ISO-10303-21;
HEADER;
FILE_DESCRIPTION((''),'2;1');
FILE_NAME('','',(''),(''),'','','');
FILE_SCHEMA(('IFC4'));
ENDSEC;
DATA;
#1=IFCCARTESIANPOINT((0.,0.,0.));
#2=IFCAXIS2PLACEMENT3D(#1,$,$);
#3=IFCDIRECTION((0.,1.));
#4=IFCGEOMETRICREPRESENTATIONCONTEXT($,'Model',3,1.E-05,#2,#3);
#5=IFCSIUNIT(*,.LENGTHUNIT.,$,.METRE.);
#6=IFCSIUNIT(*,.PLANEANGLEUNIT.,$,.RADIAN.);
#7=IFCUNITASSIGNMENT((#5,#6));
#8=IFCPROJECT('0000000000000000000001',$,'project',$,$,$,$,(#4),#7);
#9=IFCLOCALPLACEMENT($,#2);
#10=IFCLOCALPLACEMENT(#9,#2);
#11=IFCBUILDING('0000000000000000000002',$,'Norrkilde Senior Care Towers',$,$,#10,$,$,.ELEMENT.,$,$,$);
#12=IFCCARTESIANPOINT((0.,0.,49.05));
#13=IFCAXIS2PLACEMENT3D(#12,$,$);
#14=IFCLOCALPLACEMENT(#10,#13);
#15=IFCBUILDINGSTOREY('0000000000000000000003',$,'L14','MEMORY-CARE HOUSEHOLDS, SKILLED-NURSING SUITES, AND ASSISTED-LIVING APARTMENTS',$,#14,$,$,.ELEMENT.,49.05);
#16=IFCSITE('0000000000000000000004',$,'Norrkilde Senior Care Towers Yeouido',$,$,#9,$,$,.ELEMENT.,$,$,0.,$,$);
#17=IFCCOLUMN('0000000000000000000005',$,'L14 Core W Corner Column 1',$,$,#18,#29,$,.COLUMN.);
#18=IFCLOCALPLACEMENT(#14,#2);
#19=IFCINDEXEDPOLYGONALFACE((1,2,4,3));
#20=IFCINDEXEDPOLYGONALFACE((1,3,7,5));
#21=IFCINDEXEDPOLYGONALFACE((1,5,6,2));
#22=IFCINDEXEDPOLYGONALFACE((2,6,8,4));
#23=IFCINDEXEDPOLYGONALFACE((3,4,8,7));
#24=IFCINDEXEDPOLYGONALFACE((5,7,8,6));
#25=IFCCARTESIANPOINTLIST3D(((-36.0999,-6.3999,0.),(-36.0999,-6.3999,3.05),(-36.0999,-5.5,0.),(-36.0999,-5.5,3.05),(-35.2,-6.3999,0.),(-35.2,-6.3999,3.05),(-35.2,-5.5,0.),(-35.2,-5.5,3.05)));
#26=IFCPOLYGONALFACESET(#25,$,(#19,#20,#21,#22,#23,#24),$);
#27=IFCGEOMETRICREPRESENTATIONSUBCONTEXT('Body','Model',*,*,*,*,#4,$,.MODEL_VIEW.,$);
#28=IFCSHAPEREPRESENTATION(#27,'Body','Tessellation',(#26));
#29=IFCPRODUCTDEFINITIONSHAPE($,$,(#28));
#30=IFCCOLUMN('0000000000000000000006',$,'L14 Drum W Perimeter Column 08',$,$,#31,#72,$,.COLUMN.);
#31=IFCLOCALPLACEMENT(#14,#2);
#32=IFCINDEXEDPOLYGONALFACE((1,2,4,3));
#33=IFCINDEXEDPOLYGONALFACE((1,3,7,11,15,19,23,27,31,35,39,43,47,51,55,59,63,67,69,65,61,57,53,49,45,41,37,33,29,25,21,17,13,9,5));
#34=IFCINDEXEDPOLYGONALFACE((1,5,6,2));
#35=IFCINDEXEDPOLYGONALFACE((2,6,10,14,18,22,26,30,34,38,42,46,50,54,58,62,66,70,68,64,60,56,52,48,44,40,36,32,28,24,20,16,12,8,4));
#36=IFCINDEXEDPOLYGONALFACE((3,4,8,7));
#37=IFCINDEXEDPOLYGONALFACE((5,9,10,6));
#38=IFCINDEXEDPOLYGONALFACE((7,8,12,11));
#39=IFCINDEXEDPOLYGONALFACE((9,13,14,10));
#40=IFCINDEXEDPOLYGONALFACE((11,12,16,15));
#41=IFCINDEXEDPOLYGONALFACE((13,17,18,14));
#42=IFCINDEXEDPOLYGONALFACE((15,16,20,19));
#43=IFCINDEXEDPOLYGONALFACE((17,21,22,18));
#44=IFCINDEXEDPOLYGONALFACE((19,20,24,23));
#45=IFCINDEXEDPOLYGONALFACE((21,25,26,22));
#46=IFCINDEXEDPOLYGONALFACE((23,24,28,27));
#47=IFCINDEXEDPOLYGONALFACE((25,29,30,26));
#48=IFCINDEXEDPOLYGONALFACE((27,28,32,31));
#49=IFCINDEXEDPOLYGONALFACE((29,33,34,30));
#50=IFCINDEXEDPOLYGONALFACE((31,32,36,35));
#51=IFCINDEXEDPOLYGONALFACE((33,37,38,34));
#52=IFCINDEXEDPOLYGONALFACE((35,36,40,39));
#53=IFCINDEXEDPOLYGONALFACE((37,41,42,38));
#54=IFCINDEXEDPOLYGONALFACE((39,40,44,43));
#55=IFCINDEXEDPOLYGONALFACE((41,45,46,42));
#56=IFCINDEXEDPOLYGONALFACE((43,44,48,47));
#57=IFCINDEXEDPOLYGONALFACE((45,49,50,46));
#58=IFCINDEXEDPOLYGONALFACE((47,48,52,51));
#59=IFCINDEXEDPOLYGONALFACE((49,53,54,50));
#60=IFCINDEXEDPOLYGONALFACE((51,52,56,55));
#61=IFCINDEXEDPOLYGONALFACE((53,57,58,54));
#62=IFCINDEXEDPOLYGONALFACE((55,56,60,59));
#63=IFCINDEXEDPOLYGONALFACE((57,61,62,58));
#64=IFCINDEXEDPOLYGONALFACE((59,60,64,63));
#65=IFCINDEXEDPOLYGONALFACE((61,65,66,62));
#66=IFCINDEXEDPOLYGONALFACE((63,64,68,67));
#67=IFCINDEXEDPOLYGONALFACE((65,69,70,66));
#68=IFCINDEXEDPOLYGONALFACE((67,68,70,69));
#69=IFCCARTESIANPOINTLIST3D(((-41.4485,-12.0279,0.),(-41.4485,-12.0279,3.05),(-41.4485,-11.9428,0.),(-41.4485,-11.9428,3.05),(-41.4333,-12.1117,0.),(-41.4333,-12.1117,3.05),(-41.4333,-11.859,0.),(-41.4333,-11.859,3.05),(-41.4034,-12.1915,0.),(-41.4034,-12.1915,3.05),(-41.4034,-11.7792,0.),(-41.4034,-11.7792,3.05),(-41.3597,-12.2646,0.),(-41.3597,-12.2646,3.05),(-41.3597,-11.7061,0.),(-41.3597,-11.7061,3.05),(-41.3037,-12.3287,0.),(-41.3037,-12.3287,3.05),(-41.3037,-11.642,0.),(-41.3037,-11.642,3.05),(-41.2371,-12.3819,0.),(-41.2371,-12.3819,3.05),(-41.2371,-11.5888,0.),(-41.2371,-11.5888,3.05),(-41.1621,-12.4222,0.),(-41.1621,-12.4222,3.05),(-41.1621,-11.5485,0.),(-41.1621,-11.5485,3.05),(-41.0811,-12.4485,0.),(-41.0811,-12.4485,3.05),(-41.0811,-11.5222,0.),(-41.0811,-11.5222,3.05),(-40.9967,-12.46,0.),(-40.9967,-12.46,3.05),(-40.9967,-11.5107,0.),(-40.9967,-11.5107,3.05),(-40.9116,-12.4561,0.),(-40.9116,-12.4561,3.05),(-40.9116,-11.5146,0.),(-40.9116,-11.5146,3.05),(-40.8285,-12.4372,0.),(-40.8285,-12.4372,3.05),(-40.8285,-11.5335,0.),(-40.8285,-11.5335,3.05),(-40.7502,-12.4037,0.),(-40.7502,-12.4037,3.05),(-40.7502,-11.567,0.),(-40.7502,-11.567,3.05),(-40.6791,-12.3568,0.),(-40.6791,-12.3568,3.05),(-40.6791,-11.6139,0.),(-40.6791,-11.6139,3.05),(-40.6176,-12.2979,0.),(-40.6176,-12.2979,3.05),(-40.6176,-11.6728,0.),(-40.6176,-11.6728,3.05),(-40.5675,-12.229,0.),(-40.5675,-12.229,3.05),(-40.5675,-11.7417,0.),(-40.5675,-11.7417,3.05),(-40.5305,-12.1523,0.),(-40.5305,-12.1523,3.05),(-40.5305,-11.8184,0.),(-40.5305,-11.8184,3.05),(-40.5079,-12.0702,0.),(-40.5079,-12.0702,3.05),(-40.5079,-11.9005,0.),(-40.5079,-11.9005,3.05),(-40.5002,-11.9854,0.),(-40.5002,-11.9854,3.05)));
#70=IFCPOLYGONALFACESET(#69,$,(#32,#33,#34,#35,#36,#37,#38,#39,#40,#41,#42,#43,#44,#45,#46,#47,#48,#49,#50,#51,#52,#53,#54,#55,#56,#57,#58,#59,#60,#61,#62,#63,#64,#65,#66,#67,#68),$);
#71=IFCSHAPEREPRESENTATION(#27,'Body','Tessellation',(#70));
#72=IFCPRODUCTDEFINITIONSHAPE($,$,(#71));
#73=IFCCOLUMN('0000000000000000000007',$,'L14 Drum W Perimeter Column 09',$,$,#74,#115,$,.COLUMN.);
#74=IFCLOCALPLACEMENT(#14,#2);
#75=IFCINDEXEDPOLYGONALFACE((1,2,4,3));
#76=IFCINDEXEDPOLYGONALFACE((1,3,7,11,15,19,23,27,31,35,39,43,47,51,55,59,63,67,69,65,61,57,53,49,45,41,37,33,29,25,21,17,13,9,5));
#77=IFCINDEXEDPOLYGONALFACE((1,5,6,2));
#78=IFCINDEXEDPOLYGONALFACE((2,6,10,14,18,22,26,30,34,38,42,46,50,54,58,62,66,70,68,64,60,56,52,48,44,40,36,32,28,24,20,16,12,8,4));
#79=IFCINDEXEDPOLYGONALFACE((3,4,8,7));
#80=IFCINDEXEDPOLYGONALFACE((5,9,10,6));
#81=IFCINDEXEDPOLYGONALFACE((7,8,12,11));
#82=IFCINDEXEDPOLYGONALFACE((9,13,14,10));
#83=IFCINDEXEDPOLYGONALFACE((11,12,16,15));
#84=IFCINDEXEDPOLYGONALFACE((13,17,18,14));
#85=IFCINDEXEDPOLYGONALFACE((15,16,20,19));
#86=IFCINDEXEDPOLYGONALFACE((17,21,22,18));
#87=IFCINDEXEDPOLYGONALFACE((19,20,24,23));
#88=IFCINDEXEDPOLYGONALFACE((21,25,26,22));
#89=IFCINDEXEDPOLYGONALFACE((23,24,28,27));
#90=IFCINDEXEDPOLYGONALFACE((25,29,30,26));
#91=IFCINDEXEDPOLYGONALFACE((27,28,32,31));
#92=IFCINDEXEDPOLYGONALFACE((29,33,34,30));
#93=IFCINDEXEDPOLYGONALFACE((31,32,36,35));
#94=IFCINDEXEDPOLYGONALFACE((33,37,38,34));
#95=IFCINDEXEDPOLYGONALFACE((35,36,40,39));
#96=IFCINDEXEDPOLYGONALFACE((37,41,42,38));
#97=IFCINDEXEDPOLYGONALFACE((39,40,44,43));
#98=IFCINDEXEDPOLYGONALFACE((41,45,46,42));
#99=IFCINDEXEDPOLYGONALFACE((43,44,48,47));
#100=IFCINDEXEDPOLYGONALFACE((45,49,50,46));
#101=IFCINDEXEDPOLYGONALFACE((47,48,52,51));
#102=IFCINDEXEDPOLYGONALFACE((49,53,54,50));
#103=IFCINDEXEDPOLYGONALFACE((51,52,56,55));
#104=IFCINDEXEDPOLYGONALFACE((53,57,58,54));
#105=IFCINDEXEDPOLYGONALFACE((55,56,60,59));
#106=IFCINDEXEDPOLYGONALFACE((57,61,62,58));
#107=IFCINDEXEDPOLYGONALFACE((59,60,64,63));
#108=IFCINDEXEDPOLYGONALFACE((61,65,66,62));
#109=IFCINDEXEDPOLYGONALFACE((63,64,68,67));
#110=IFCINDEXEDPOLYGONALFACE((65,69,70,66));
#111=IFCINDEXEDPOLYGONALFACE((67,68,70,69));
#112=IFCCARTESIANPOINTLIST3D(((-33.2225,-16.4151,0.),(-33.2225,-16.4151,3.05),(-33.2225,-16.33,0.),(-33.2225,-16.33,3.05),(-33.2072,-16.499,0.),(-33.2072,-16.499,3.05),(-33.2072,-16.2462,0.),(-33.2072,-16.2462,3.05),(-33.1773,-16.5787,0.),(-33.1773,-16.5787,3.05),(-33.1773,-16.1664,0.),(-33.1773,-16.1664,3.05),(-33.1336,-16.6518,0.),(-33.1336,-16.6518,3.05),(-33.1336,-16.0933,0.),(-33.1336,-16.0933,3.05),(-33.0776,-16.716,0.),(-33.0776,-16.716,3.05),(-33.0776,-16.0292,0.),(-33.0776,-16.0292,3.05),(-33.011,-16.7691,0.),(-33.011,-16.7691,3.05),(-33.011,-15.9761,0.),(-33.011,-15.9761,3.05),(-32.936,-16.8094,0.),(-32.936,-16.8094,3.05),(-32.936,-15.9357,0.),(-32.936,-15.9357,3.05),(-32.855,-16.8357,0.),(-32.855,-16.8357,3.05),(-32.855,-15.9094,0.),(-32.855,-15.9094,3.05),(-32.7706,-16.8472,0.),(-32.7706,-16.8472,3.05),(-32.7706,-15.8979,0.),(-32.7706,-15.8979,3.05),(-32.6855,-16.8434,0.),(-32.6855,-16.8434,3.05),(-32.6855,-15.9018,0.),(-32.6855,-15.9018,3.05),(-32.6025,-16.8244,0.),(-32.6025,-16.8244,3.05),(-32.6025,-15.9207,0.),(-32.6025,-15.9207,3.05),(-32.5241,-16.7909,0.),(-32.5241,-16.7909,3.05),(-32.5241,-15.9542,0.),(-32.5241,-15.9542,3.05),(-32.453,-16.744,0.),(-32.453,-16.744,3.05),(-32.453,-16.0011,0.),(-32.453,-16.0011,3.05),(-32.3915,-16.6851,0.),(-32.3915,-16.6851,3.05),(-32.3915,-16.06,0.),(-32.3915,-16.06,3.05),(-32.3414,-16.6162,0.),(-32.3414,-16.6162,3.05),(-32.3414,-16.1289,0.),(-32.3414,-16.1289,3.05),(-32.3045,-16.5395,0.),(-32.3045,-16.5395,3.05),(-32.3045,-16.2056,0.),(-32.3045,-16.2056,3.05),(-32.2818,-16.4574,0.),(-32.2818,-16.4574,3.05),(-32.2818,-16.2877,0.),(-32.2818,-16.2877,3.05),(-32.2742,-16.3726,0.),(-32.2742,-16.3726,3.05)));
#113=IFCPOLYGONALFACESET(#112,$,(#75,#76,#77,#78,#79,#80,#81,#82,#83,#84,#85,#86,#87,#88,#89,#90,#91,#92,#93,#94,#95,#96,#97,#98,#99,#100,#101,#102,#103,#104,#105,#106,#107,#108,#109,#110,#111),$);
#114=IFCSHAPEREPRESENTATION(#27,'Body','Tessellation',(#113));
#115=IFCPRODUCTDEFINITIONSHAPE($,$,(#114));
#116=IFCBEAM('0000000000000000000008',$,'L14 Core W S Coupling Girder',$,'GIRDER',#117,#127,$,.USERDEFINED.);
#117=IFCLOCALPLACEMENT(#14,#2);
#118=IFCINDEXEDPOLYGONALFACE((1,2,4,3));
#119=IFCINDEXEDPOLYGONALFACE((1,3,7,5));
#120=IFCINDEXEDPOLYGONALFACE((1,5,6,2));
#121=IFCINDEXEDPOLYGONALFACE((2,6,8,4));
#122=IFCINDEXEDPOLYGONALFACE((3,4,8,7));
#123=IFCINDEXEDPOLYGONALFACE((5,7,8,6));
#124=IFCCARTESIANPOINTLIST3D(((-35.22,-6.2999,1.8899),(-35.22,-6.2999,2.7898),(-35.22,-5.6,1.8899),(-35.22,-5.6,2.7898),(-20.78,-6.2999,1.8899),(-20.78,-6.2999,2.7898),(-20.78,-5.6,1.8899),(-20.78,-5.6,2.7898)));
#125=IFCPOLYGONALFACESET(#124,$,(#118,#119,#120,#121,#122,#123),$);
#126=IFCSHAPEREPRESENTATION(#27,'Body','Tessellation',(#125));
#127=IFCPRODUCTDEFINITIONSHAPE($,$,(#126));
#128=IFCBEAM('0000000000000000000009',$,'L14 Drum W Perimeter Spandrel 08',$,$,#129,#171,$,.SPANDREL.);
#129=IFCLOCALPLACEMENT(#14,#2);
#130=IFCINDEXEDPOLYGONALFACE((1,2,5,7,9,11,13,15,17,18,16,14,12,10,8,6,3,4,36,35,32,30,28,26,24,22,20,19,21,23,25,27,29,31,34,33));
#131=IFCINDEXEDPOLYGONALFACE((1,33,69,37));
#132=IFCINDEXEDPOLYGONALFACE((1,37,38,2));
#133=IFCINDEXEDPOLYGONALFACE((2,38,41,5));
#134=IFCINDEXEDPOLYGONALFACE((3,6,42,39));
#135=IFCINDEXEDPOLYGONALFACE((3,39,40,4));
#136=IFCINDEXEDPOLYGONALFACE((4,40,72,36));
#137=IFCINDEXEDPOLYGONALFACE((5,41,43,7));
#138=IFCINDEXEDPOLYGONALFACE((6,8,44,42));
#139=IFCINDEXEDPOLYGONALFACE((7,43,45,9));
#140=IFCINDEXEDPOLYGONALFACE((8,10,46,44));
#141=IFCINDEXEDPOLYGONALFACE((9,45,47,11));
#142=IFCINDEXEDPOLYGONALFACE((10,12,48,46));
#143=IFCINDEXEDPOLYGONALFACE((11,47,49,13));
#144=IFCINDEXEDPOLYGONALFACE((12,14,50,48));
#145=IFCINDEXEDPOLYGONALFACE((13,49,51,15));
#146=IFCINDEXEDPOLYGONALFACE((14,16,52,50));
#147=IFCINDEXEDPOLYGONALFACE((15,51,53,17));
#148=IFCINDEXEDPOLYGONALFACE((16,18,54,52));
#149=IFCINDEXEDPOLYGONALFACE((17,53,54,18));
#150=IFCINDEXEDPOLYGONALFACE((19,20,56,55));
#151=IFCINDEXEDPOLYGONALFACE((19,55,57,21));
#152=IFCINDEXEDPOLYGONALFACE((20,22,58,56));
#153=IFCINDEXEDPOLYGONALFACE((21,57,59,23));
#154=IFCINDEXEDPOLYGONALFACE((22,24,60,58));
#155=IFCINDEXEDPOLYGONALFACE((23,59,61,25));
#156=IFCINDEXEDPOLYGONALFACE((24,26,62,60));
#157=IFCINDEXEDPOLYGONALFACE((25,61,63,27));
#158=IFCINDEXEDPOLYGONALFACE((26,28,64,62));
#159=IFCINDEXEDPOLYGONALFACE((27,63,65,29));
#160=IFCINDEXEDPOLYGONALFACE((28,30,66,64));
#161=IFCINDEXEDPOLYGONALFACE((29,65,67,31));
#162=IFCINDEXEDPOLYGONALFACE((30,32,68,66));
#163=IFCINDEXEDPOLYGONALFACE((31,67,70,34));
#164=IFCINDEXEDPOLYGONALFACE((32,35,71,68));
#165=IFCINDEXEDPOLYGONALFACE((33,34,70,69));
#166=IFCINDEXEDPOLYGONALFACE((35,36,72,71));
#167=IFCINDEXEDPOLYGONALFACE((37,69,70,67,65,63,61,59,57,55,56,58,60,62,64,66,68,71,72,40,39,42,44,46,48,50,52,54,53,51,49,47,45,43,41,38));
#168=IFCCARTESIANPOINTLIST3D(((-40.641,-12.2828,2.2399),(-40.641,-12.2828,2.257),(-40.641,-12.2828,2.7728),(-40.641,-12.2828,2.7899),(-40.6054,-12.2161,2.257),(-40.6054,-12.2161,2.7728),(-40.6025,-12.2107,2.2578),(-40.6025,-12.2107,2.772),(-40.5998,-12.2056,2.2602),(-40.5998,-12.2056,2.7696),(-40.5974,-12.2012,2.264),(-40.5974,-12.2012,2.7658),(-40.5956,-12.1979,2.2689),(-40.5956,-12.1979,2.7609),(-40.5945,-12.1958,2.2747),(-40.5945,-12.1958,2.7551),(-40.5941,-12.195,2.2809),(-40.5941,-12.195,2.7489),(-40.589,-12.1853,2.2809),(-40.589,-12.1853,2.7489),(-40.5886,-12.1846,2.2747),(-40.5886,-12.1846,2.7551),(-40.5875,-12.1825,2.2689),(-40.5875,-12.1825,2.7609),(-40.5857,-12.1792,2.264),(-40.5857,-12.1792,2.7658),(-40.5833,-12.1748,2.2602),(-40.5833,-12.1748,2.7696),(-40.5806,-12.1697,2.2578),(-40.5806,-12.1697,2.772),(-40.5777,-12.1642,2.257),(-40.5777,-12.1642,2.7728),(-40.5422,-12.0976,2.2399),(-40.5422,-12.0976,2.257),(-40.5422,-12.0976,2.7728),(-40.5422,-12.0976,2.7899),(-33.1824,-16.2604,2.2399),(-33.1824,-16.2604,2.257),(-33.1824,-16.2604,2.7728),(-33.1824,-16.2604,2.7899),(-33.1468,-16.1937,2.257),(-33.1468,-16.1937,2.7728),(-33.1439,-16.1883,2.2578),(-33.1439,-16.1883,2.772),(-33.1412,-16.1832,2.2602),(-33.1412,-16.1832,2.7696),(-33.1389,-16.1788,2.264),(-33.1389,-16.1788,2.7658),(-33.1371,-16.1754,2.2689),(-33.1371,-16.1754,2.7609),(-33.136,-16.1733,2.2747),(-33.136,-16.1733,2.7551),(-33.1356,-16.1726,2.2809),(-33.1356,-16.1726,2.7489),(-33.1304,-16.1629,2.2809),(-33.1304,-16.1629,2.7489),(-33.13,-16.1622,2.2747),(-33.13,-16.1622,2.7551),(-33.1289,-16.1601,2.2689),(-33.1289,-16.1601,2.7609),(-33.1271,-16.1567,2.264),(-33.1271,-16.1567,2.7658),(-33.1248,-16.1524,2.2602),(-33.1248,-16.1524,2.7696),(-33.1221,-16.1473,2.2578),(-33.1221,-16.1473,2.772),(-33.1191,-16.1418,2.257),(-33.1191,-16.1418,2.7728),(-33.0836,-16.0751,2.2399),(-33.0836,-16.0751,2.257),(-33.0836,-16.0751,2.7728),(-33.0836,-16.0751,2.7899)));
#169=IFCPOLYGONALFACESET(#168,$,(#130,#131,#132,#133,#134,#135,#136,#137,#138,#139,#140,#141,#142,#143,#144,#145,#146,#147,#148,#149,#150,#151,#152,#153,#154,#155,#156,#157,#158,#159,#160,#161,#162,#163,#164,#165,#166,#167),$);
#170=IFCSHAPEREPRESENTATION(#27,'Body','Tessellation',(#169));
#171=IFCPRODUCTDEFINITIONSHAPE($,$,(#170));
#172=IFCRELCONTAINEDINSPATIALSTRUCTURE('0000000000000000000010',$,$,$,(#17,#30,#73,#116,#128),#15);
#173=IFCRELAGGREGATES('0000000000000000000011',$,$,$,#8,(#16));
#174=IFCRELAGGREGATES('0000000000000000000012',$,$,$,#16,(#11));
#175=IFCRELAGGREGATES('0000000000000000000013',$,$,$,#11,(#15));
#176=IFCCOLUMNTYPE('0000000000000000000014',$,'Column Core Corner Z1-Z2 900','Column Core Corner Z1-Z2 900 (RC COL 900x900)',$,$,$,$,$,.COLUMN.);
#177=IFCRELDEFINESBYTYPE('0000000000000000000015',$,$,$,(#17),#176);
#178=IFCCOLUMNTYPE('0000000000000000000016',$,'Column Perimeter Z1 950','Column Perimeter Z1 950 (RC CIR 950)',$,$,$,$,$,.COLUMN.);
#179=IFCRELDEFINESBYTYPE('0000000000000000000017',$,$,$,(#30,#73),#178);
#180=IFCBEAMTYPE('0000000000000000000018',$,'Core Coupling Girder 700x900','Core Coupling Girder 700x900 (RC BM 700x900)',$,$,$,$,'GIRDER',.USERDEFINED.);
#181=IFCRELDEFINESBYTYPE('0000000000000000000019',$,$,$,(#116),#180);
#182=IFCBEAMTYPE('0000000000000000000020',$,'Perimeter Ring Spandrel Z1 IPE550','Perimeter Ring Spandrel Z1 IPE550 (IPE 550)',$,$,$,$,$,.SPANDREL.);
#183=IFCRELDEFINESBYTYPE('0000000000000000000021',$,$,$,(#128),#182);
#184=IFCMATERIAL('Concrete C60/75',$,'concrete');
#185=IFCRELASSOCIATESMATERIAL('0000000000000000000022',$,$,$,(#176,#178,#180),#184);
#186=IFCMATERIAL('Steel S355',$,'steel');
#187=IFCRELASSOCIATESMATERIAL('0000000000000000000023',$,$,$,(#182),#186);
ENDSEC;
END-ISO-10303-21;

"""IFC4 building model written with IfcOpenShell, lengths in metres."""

from ifc_helpers import new_model, si_unit, direction, frame, origin, origin_2d, place, context, subcontext, project, spatial, rectangle, circle, i_section, extrude, source, transform, mapped, material, material_profile, profile_set, type_object, type_shapes, element, save


model = new_model("IFC4")

# Units and contexts
model_context = context("Model", 3, precision=1e-05, world=origin(), true_north=direction((0.0, 1.0)))
body_context = subcontext(model_context, "Body", "Model", "MODEL_VIEW")
ifc_project = project(units=[si_unit("LENGTHUNIT", "METRE"), si_unit("PLANEANGLEUNIT", "RADIAN")], contexts=[model_context])

# Site, building, storey
site_placement = place(None, origin())
site = spatial("IfcSite", under=ifc_project, at=site_placement, Name="Norrkilde Senior Care Towers Yeouido", CompositionType="ELEMENT", RefElevation=0.0)
building_placement = place(site_placement, origin())
building = spatial("IfcBuilding", under=site, at=building_placement, Name="Norrkilde Senior Care Towers", CompositionType="ELEMENT")
storey_placement = place(building_placement, frame((0.0, 0.0, 49.05)))
storey = spatial("IfcBuildingStorey", under=building, at=storey_placement, Name="L14", Description="MEMORY-CARE HOUSEHOLDS, SKILLED-NURSING SUITES, AND ASSISTED-LIVING APARTMENTS", CompositionType="ELEMENT", Elevation=49.05)

# Columns
ifc_material_1 = material(Name="Concrete C60/75", Category="concrete")
ifc_material_profile_1 = material_profile(ifc_material_1, rectangle(XDim=0.8999, YDim=0.8999, at=origin_2d()), Name="RC COL 900x900")
ifc_profile_set_1 = profile_set([ifc_material_profile_1], Name="Concrete C60/75")
column_type_1 = type_object("IfcColumnType", Name="Column Core Corner Z1-Z2 900", Description="Column Core Corner Z1-Z2 900 (RC COL 900x900)", PredefinedType="COLUMN", material=ifc_profile_set_1)
shared_shape_1 = source(origin(), body_context, "Body", "SweptSolid", [
    extrude(rectangle(XDim=0.8999, YDim=0.8999, at=origin_2d()), origin(), (0.0, 0.0, 1.0), 3.05),
])
type_shapes(column_type_1, [shared_shape_1])
column_placement = place(storey_placement, frame((-35.6499, -5.95, 0.0), z_axis=(0.0, 0.0, 1.0), x_axis=(1.0, 0.0, 0.0)))
element("IfcColumn", 1, at=column_placement, inside=storey, type_object=column_type_1, Name="L14 Core W Corner Column 1", PredefinedType="COLUMN", context=body_context, shape_type="MappedRepresentation", body=[
    mapped(shared_shape_1, transform((0.0, 0.0, 0.0), x_axis=(1.0, 0.0, 0.0), y_axis=(0.0, 1.0, 0.0), z_axis=(0.0, 0.0, 1.0), scale=1.0)),
])
ifc_material_profile_2 = material_profile(ifc_material_1, circle(Radius=0.4751, at=origin_2d()), Name="RC CIR 950")
ifc_profile_set_2 = profile_set([ifc_material_profile_2], Name="Concrete C60/75")
column_type_2 = type_object("IfcColumnType", Name="Column Perimeter Z1 950", Description="Column Perimeter Z1 950 (RC CIR 950)", PredefinedType="COLUMN", material=ifc_profile_set_2)
shared_shape_2 = source(origin(), body_context, "Body", "SweptSolid", [
    extrude(circle(Radius=0.4751, at=origin_2d()), origin(), (0.0, 0.0, 1.0), 3.05),
])
type_shapes(column_type_2, [shared_shape_2])
for number, where, z_axis, x_axis, name in (
    (2, (-40.9753, -11.9854, 0.0), (0.0, 0.0, 1.0), (1.0, 0.0, 0.0), "L14 Drum W Perimeter Column 08"),
    (3, (-32.7493, -16.3726, 0.0), (0.0, 0.0, 1.0), (1.0, 0.0, 0.0), "L14 Drum W Perimeter Column 09"),
):
    element("IfcColumn", number, at=place(storey_placement, frame(where, z_axis=z_axis, x_axis=x_axis)), inside=storey, type_object=column_type_2, Name=name, PredefinedType="COLUMN", context=body_context, shape_type="MappedRepresentation", body=[
        mapped(shared_shape_2, transform((0.0, 0.0, 0.0), x_axis=(1.0, 0.0, 0.0), y_axis=(0.0, 1.0, 0.0), z_axis=(0.0, 0.0, 1.0), scale=1.0)),
    ])

# Beams
ifc_material_profile_3 = material_profile(ifc_material_1, rectangle(XDim=0.7, YDim=0.8999, at=origin_2d()), Name="RC BM 700x900")
ifc_profile_set_3 = profile_set([ifc_material_profile_3], Name="Concrete C60/75")
beam_type_1 = type_object("IfcBeamType", Name="Core Coupling Girder 700x900", Description="Core Coupling Girder 700x900 (RC BM 700x900)", ElementType="GIRDER", PredefinedType="USERDEFINED", material=ifc_profile_set_3)
shared_shape_3 = source(origin(), body_context, "Body", "SweptSolid", [
    extrude(rectangle(XDim=0.7, YDim=0.8999, at=origin_2d()), origin(), (0.0, 0.0, 1.0), 14.4399),
])
type_shapes(beam_type_1, [shared_shape_3])
beam_1_placement = place(storey_placement, frame((-35.22, -5.95, 2.3398), z_axis=(1.0, 0.0, 0.0), x_axis=(0.0, 1.0, 0.0)))
element("IfcBeam", 4, at=beam_1_placement, inside=storey, type_object=beam_type_1, Name="L14 Core W S Coupling Girder", ObjectType="GIRDER", PredefinedType="USERDEFINED", context=body_context, shape_type="MappedRepresentation", body=[
    mapped(shared_shape_3, transform((0.0, 0.0, 0.0), x_axis=(1.0, 0.0, 0.0), y_axis=(0.0, 1.0, 0.0), z_axis=(0.0, 0.0, 1.0), scale=1.0)),
])
ifc_material_2 = material(Name="Steel S355", Category="steel")
ifc_material_profile_4 = material_profile(ifc_material_2, i_section(OverallWidth=0.21, OverallDepth=0.55, WebThickness=0.011, FlangeThickness=0.0171, FilletRadius=0.0239, at=origin_2d()), Name="IPE 550")
ifc_profile_set_4 = profile_set([ifc_material_profile_4], Name="Steel S355")
beam_type_2 = type_object("IfcBeamType", Name="Perimeter Ring Spandrel Z1 IPE550", Description="Perimeter Ring Spandrel Z1 IPE550 (IPE 550)", PredefinedType="SPANDREL", material=ifc_profile_set_4)
shared_shape_4 = source(origin(), body_context, "Body", "SweptSolid", [
    extrude(i_section(OverallWidth=0.21, OverallDepth=0.55, WebThickness=0.011, FlangeThickness=0.0171, FilletRadius=0.0239, at=origin_2d()), origin(), (0.0, 0.0, 1.0), 8.4529),
])
beam_2_placement = place(storey_placement, frame((-40.5916, -12.1902, 2.5149), z_axis=(0.882369, -0.470558, 0.0), x_axis=(0.470558, 0.882369, 0.0)))
element("IfcBeam", 5, at=beam_2_placement, inside=storey, type_object=beam_type_2, Name="L14 Drum W Perimeter Spandrel 08", PredefinedType="SPANDREL", context=body_context, shape_type="MappedRepresentation", body=[
    mapped(shared_shape_4, transform((0.0, 0.0, 0.0), x_axis=(1.0, 0.0, 0.0), y_axis=(0.0, 1.0, 0.0), z_axis=(0.0, 0.0, 1.0), scale=1.0)),
])

save(model, "model.ifc")
